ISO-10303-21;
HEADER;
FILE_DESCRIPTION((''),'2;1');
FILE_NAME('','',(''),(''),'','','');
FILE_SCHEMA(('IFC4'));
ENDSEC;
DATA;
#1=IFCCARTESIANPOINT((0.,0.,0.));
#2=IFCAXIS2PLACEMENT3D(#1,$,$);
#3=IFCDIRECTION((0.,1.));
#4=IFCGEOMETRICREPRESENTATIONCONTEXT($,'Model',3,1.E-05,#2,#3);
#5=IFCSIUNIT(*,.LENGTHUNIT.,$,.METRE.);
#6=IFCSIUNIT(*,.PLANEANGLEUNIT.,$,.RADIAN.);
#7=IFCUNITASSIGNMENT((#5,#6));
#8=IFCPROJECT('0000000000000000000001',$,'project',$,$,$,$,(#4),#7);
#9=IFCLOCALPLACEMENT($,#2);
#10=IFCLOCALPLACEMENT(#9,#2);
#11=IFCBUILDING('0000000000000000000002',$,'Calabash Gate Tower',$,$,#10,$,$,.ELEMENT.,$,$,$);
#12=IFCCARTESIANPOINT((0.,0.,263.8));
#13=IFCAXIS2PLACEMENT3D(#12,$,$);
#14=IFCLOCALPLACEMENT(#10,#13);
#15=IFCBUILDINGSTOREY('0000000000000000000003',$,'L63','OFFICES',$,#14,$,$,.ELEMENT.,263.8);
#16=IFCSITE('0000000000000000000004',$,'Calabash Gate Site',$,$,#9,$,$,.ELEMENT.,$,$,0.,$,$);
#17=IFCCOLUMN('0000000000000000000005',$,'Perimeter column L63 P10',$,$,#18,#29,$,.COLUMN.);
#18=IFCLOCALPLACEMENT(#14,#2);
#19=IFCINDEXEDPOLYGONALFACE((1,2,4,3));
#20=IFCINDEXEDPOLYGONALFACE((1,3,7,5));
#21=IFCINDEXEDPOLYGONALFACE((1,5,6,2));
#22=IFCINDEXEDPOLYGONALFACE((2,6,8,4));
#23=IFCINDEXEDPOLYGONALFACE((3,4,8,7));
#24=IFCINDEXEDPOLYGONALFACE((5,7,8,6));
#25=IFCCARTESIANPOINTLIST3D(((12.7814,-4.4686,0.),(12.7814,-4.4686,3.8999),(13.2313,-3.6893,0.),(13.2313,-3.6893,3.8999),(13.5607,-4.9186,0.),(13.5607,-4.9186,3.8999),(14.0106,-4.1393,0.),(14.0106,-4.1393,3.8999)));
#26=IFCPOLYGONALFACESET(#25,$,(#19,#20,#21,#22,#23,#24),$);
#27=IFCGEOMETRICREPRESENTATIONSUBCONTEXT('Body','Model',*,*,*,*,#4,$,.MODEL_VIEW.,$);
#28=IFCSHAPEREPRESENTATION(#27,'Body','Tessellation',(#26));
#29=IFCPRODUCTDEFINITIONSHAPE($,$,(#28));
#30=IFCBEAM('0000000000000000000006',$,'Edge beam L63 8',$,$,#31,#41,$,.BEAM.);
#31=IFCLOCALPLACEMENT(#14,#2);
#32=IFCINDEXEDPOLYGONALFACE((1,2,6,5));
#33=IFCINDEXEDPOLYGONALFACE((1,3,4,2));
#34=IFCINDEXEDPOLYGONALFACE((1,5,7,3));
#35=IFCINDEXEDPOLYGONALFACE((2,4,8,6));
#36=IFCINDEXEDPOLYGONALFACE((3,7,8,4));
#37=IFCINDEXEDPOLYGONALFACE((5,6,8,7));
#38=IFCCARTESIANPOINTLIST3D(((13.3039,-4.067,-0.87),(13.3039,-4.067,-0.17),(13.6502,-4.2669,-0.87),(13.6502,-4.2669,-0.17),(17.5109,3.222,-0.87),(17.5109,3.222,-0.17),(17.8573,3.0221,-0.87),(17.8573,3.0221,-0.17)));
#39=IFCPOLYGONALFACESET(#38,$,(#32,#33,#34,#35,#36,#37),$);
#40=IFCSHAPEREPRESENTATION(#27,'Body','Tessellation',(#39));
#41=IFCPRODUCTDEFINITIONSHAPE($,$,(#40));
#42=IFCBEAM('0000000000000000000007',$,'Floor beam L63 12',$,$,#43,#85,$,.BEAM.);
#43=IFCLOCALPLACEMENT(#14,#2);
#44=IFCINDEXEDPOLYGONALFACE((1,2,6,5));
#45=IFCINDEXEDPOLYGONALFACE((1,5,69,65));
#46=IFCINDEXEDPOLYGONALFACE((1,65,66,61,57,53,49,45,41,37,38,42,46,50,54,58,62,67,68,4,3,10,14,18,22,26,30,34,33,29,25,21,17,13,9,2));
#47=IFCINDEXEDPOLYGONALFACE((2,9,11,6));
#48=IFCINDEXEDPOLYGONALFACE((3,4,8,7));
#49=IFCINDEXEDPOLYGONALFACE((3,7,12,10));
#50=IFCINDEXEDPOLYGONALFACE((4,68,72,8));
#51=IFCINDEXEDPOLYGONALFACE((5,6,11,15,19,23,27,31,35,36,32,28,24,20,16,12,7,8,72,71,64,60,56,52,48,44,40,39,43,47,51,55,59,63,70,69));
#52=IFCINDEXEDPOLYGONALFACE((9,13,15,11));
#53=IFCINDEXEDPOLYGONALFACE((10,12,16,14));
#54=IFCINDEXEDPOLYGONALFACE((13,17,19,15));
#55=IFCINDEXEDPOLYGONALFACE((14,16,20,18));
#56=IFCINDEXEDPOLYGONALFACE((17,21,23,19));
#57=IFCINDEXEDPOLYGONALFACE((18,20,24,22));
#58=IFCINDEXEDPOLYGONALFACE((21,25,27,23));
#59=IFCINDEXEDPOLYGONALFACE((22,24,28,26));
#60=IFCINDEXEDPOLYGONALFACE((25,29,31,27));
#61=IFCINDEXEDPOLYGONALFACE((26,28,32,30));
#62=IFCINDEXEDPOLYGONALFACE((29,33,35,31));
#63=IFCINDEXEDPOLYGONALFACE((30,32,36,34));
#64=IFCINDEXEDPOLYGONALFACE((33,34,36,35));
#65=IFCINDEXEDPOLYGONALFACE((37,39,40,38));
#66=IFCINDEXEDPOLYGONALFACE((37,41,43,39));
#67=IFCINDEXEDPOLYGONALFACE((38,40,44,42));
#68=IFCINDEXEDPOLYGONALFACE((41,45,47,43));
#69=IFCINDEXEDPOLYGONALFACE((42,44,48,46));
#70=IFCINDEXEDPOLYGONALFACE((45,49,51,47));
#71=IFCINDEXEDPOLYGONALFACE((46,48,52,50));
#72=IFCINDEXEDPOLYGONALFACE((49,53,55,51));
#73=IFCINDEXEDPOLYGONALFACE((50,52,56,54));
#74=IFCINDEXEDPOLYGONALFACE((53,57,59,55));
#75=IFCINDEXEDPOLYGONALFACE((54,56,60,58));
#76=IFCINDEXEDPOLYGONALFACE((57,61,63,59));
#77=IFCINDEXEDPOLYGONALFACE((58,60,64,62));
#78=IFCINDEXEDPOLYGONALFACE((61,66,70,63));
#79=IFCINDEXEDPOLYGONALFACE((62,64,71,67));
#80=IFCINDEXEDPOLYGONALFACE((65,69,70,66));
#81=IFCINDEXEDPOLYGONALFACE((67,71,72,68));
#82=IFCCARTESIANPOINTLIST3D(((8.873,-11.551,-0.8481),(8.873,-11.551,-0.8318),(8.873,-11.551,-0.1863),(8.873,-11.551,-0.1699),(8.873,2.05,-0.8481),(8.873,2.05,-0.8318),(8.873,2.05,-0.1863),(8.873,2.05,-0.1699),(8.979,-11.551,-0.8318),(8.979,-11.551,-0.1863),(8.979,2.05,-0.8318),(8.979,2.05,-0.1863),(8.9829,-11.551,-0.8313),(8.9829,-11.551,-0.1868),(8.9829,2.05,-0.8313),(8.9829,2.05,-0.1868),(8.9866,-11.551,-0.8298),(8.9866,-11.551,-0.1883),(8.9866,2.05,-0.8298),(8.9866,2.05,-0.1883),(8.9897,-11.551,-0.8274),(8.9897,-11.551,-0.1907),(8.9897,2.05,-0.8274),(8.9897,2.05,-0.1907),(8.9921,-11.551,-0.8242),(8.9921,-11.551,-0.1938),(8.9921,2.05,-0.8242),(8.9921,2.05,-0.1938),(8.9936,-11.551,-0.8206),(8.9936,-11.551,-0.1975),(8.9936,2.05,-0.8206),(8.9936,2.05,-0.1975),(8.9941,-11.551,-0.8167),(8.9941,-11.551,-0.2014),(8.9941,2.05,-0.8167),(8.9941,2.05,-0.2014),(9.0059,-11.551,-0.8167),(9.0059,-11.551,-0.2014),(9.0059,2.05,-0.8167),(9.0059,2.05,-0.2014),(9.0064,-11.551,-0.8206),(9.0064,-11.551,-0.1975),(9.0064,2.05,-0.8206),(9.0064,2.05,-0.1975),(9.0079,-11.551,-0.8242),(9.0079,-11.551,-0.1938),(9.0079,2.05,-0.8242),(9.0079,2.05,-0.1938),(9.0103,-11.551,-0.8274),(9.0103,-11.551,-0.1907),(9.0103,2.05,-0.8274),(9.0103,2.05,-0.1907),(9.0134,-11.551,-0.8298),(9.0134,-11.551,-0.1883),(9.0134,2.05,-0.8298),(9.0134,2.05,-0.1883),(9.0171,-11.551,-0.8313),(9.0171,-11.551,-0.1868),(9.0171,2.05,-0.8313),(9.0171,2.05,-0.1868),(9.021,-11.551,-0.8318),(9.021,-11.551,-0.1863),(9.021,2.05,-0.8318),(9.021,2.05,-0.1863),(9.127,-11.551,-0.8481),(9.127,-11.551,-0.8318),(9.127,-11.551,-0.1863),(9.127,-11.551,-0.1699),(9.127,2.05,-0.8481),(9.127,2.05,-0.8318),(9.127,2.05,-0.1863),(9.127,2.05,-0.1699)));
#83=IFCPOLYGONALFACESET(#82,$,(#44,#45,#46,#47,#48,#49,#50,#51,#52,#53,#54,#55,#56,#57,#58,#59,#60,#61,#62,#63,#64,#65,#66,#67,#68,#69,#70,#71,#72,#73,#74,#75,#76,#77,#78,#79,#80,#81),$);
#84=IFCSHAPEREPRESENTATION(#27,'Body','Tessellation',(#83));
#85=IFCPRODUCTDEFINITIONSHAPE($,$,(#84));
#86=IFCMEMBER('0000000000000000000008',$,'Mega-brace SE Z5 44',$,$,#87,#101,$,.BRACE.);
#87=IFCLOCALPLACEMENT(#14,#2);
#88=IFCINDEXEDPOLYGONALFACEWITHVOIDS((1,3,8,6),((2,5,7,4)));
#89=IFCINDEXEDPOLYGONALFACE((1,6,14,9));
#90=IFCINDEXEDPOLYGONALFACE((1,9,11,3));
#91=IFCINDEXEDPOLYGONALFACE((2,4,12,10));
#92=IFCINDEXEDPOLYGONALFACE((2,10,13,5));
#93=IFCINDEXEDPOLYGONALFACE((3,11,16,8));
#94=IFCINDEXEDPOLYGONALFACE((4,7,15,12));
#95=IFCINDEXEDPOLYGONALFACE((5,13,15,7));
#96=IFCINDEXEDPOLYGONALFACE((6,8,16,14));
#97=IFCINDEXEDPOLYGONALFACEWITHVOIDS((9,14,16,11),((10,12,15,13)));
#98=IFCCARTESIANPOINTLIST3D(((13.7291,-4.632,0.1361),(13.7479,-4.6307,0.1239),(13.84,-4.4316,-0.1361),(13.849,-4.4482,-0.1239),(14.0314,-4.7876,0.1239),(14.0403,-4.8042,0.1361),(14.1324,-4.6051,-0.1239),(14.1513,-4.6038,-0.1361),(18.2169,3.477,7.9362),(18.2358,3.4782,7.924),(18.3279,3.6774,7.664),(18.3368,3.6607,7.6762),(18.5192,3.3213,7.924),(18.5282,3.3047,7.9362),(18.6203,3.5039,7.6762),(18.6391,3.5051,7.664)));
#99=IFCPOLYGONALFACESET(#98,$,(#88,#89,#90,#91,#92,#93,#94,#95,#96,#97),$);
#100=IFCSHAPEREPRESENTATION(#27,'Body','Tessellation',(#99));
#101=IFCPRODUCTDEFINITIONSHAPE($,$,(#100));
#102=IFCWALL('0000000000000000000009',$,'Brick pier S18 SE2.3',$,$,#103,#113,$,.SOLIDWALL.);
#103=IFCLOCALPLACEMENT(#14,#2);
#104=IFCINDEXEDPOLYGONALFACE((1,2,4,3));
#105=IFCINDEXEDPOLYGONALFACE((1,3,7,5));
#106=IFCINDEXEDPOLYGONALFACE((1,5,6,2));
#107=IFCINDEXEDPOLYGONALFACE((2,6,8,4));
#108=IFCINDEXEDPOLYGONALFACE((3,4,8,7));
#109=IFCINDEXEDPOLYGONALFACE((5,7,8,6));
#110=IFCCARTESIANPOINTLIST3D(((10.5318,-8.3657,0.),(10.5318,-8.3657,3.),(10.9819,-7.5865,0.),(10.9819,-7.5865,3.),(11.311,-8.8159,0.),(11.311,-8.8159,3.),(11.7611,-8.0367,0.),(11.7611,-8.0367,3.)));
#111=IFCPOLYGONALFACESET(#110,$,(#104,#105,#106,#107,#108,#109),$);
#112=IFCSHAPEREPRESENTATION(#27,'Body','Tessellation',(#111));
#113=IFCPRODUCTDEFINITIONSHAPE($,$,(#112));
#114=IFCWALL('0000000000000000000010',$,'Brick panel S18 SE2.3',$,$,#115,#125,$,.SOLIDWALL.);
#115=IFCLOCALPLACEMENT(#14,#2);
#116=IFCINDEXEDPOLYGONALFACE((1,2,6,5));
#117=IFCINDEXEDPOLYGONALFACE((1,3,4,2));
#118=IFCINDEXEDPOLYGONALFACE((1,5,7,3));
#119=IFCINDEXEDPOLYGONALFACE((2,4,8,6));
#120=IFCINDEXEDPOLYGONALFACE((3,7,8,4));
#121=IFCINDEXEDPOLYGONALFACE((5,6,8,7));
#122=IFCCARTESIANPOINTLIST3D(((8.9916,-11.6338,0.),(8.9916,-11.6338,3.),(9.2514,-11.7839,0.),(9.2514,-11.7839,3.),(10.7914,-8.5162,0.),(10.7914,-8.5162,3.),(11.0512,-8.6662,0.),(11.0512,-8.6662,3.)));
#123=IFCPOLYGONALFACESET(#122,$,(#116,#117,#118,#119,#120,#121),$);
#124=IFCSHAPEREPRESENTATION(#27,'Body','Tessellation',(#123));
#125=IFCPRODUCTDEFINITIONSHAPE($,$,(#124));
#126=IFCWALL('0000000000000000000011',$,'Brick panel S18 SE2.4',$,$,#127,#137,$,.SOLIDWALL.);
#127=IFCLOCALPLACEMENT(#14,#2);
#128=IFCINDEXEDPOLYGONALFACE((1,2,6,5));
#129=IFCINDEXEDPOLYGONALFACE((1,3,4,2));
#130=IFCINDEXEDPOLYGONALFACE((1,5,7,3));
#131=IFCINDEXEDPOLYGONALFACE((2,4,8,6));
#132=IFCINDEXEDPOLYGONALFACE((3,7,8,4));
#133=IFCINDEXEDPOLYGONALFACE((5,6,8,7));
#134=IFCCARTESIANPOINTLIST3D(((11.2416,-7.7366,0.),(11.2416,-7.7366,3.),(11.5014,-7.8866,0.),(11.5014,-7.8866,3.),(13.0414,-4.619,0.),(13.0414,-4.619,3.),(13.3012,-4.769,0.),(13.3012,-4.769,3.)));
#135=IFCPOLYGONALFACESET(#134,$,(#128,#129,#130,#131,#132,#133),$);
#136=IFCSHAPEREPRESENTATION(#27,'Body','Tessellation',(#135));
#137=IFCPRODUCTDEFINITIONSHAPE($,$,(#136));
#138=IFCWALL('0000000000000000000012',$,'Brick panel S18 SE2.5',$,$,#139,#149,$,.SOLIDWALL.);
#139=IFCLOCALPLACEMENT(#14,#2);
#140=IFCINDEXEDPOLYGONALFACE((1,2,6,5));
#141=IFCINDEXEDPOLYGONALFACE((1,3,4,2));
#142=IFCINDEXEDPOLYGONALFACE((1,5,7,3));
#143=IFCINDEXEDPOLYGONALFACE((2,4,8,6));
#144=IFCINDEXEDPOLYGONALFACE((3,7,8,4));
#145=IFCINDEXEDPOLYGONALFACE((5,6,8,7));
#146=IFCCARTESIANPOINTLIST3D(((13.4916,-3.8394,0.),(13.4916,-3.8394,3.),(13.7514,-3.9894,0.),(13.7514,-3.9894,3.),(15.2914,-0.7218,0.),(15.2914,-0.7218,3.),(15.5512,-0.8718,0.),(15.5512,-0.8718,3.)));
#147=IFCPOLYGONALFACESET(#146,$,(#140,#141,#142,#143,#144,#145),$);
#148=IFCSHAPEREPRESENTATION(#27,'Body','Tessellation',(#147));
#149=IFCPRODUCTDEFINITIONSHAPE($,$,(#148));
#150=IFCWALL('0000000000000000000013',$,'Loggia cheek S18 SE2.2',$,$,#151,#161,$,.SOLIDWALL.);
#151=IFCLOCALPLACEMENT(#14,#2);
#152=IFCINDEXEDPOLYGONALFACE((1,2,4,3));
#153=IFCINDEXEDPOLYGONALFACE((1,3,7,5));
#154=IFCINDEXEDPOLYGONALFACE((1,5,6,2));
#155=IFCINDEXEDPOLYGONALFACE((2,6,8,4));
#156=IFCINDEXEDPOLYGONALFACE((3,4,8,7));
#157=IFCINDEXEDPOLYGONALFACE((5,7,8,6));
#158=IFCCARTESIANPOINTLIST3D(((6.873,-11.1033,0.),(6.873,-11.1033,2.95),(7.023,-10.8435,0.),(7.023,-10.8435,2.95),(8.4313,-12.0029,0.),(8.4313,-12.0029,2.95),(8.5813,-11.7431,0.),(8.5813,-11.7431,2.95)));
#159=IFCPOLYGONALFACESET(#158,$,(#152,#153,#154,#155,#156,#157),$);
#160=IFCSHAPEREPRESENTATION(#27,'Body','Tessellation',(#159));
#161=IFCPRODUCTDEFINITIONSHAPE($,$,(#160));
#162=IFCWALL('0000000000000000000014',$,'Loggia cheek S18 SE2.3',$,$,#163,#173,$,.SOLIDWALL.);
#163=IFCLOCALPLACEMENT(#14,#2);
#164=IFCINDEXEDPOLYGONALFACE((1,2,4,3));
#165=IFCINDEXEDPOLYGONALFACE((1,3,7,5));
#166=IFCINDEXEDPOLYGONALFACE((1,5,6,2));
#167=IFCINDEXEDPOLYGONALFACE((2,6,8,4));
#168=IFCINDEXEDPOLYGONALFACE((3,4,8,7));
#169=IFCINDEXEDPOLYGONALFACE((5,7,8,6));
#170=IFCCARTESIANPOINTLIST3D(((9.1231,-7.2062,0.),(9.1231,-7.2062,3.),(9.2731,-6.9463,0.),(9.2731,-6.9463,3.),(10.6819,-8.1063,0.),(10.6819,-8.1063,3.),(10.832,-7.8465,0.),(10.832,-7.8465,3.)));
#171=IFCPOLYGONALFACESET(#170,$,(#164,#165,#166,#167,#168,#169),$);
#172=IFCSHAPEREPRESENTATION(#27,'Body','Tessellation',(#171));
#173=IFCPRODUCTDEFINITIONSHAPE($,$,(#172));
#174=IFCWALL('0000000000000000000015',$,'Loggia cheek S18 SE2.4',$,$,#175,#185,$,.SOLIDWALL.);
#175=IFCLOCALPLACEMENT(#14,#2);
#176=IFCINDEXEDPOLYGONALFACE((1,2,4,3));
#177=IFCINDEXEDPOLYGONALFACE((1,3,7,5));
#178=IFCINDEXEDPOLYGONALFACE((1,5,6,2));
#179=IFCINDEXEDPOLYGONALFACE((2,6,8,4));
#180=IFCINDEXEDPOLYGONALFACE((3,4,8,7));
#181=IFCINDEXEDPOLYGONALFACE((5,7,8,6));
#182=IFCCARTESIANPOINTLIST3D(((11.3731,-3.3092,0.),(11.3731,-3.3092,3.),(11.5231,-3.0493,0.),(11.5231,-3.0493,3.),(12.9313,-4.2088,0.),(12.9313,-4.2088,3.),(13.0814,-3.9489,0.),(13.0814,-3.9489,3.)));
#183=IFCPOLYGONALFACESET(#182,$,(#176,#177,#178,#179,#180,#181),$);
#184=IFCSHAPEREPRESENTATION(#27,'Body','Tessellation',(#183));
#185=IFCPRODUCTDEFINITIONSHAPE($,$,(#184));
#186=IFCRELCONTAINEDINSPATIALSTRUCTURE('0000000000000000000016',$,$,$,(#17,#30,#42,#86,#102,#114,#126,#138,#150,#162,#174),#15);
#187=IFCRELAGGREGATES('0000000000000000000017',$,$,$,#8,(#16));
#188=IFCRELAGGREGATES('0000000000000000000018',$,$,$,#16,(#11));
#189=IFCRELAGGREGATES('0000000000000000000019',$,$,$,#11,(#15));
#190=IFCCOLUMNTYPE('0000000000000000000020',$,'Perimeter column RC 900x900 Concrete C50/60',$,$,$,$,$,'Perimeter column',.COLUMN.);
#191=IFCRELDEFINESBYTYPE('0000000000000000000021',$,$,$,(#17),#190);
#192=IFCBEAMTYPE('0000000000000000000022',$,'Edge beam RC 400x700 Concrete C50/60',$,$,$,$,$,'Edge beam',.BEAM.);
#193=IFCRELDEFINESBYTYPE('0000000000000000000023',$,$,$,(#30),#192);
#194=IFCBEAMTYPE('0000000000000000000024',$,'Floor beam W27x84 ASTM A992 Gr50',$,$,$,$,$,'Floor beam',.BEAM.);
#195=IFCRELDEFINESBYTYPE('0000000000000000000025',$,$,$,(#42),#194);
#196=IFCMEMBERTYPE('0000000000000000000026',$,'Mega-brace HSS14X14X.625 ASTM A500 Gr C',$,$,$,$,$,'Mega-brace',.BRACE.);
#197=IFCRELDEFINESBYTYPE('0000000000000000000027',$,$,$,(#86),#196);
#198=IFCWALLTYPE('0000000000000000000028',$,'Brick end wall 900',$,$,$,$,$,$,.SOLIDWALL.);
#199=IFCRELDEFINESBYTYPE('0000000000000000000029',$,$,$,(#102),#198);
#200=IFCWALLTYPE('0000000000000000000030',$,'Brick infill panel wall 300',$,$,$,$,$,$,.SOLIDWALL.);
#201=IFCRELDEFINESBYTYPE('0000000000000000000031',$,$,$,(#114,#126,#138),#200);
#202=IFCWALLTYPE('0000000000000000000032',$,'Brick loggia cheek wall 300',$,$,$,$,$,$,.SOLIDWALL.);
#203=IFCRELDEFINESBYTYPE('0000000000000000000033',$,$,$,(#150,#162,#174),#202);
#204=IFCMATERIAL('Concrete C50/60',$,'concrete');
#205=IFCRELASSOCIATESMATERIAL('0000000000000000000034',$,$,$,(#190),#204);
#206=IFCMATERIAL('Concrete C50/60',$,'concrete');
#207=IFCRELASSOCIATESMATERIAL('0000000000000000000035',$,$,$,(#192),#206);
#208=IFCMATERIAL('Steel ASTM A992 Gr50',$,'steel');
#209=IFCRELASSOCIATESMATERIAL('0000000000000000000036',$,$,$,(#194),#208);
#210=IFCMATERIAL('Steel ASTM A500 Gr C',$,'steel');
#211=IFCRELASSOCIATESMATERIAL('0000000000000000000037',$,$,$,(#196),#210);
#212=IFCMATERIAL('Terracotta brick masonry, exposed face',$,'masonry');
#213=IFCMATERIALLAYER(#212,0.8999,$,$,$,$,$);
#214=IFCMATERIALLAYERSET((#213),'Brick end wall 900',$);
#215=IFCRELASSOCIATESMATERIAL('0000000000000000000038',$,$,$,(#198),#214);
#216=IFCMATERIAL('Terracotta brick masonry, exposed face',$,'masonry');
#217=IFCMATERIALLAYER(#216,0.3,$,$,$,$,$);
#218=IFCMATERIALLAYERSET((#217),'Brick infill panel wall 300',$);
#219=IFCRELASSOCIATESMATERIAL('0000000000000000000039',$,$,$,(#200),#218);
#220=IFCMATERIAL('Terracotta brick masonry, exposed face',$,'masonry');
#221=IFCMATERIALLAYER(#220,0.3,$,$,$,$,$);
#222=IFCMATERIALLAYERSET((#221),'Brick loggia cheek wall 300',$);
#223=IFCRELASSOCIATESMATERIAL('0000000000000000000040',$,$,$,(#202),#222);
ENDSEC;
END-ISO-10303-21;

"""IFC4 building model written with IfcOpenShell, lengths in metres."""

from ifc_helpers import new_model, si_unit, direction, frame, frame_2d, origin, origin_2d, place, context, subcontext, project, spatial, rectangle, hollow_rectangle, i_section, extrude, material, layer, layer_set, material_profile, profile_set, type_object, element, save


model = new_model("IFC4")

# Units and contexts
model_context = context("Model", 3, precision=1e-05, world=origin(), true_north=direction((0.0, 1.0)))
body_context = subcontext(model_context, "Body", "Model", "MODEL_VIEW")
ifc_project = project(units=[si_unit("LENGTHUNIT", "METRE"), si_unit("PLANEANGLEUNIT", "RADIAN")], contexts=[model_context])

# Site, building, storey
site_placement = place(None, origin())
site = spatial("IfcSite", under=ifc_project, at=site_placement, Name="Calabash Gate Site", CompositionType="ELEMENT", RefElevation=0.0)
building_placement = place(site_placement, origin())
building = spatial("IfcBuilding", under=site, at=building_placement, Name="Calabash Gate Tower", CompositionType="ELEMENT")
storey_placement = place(building_placement, frame((0.0, 0.0, 263.8)))
storey = spatial("IfcBuildingStorey", under=building, at=storey_placement, Name="L63", Description="OFFICES", CompositionType="ELEMENT", Elevation=263.8)

# Column
ifc_material_1 = material(Name="Concrete C50/60", Category="concrete")
ifc_material_profile_1 = material_profile(ifc_material_1, rectangle(XDim=0.8999, YDim=0.8999, at=origin_2d()))
ifc_profile_set_1 = profile_set([ifc_material_profile_1], Name="Concrete C50/60")
column_type = type_object("IfcColumnType", Name="Perimeter column RC 900x900 Concrete C50/60", ElementType="Perimeter column", PredefinedType="COLUMN", material=ifc_profile_set_1)
column_placement = place(storey_placement, frame((13.396, -4.304, 0.0), z_axis=(0.0, 0.0, 1.0), x_axis=(0.5, 0.866025, 0.0)))
element("IfcColumn", 1, at=column_placement, inside=storey, type_object=column_type, Name="Perimeter column L63 P10", PredefinedType="COLUMN", context=body_context, shape_type="SweptSolid", body=[
    extrude(rectangle(XDim=0.8999, YDim=0.8999, at=origin_2d()), origin(), (0.0, 0.0, 1.0), 3.8999),
])

# Beams
ifc_material_2 = material(Name="Concrete C50/60", Category="concrete")
ifc_material_profile_2 = material_profile(ifc_material_2, rectangle(XDim=0.3999, YDim=0.7, at=origin_2d()))
ifc_profile_set_2 = profile_set([ifc_material_profile_2], Name="Concrete C50/60")
beam_type_1 = type_object("IfcBeamType", Name="Edge beam RC 400x700 Concrete C50/60", ElementType="Edge beam", PredefinedType="BEAM", material=ifc_profile_set_2)
beam_1_placement = place(storey_placement, frame((13.4771, -4.167, -0.52), z_axis=(0.499883, 0.866093, 0.0), x_axis=(-0.866093, 0.499883, 0.0)))
element("IfcBeam", 2, at=beam_1_placement, inside=storey, type_object=beam_type_1, Name="Edge beam L63 8", PredefinedType="BEAM", context=body_context, shape_type="SweptSolid", body=[
    extrude(rectangle(XDim=0.3999, YDim=0.7, at=origin_2d()), origin(), (0.0, 0.0, 1.0), 8.416),
])
ifc_material_3 = material(Name="Steel ASTM A992 Gr50", Category="steel")
ifc_material_profile_3 = material_profile(ifc_material_3, i_section(OverallWidth=0.2539, OverallDepth=0.6782, WebThickness=0.0117, FlangeThickness=0.0164, FilletRadius=0.0151, at=origin_2d()))
ifc_profile_set_3 = profile_set([ifc_material_profile_3], Name="Steel ASTM A992 Gr50")
beam_type_2 = type_object("IfcBeamType", Name="Floor beam W27x84 ASTM A992 Gr50", ElementType="Floor beam", PredefinedType="BEAM", material=ifc_profile_set_3)
beam_2_placement = place(storey_placement, frame((9.0, -11.551, -0.509), z_axis=(0.0, 1.0, 0.0), x_axis=(-1.0, 0.0, 0.0)))
element("IfcBeam", 3, at=beam_2_placement, inside=storey, type_object=beam_type_2, Name="Floor beam L63 12", PredefinedType="BEAM", context=body_context, shape_type="SweptSolid", body=[
    extrude(i_section(OverallWidth=0.2539, OverallDepth=0.6782, WebThickness=0.0117, FlangeThickness=0.0164, FilletRadius=0.0151, at=origin_2d()), origin(), (0.0, 0.0, 1.0), 13.6011),
])

# Member
ifc_material_4 = material(Name="Steel ASTM A500 Gr C", Category="steel")
ifc_material_profile_4 = material_profile(ifc_material_4, hollow_rectangle(XDim=0.3557, YDim=0.3557, WallThickness=0.0159, at=origin_2d()))
ifc_profile_set_4 = profile_set([ifc_material_profile_4], Name="Steel ASTM A500 Gr C")
member_type = type_object("IfcMemberType", Name="Mega-brace HSS14X14X.625 ASTM A500 Gr C", ElementType="Mega-brace", PredefinedType="BRACE", material=ifc_profile_set_4)
member_placement = place(storey_placement, frame((13.9402, -4.6179, 0.0), z_axis=(0.370481, 0.669413, 0.643918), x_axis=(-0.874941, 0.484229, 0.0)))
element("IfcMember", 4, at=member_placement, inside=storey, type_object=member_type, Name="Mega-brace SE Z5 44", PredefinedType="BRACE", context=body_context, shape_type="SweptSolid", body=[
    extrude(hollow_rectangle(XDim=0.3557, YDim=0.3557, WallThickness=0.0159, at=origin_2d()), origin(), (0.0, 0.0, 1.0), 12.1135),
])

# Walls
ifc_material_5 = material(Name="Terracotta brick masonry, exposed face", Category="masonry")
ifc_layer_1 = layer(ifc_material_5, 0.8999)
ifc_layer_set_1 = layer_set([ifc_layer_1], Name="Brick end wall 900")
wall_type_1 = type_object("IfcWallType", Name="Brick end wall 900", PredefinedType="SOLIDWALL", material=ifc_layer_set_1)
wall_1_placement = place(storey_placement, frame((10.9214, -8.5908, 0.0), z_axis=(0.0, 0.0, 1.0), x_axis=(0.500223, 0.865896, 0.0)))
element("IfcWall", 5, at=wall_1_placement, inside=storey, type_object=wall_type_1, Name="Brick pier S18 SE2.3", PredefinedType="SOLIDWALL", context=body_context, shape_type="SweptSolid", body=[
    extrude(rectangle(XDim=0.8999, YDim=0.8999, at=frame_2d((0.45, 0.0))), origin(), (0.0, 0.0, 1.0), 3.0),
])
ifc_material_6 = material(Name="Terracotta brick masonry, exposed face", Category="masonry")
ifc_layer_2 = layer(ifc_material_6, 0.3)
ifc_layer_set_2 = layer_set([ifc_layer_2], Name="Brick infill panel wall 300")
wall_type_2 = type_object("IfcWallType", Name="Brick infill panel wall 300", PredefinedType="SOLIDWALL", material=ifc_layer_set_2)
for number, where, z_axis, x_axis, name in (
    (6, (9.1216, -11.7087, 0.0), (0.0, 0.0, 1.0), (0.499961, 0.866048, 0.0), "Brick panel S18 SE2.3"),
    (7, (11.3716, -7.8115, 0.0), (0.0, 0.0, 1.0), (0.499961, 0.866048, 0.0), "Brick panel S18 SE2.4"),
    (8, (13.6216, -3.9143, 0.0), (0.0, 0.0, 1.0), (0.499961, 0.866048, 0.0), "Brick panel S18 SE2.5"),
):
    element("IfcWall", number, at=place(storey_placement, frame(where, z_axis=z_axis, x_axis=x_axis)), inside=storey, type_object=wall_type_2, Name=name, PredefinedType="SOLIDWALL", context=body_context, shape_type="SweptSolid", body=[
        extrude(rectangle(XDim=3.5999, YDim=0.3, at=frame_2d((1.7998, 0.0))), origin(), (0.0, 0.0, 1.0), 3.0),
    ])
ifc_material_7 = material(Name="Terracotta brick masonry, exposed face", Category="masonry")
ifc_layer_3 = layer(ifc_material_7, 0.3)
ifc_layer_set_3 = layer_set([ifc_layer_3], Name="Brick loggia cheek wall 300")
wall_type_3 = type_object("IfcWallType", Name="Brick loggia cheek wall 300", PredefinedType="SOLIDWALL", material=ifc_layer_set_3)
wall_2_placement = place(storey_placement, frame((6.948, -10.9734, 0.0), z_axis=(0.0, 0.0, 1.0), x_axis=(0.866039, -0.499977, 0.0)))
element("IfcWall", 9, at=wall_2_placement, inside=storey, type_object=wall_type_3, Name="Loggia cheek S18 SE2.2", PredefinedType="SOLIDWALL", context=body_context, shape_type="SweptSolid", body=[
    extrude(rectangle(XDim=1.7993, YDim=0.3, at=frame_2d((0.8997, 0.0))), origin(), (0.0, 0.0, 1.0), 2.95),
])
wall_3_placement = place(storey_placement, frame((10.7568, -7.9763, 0.0), z_axis=(0.0, 0.0, 1.0), x_axis=(-0.865989, 0.500063, 0.0)))
element("IfcWall", 10, at=wall_3_placement, inside=storey, type_object=wall_type_3, Name="Loggia cheek S18 SE2.3", PredefinedType="SOLIDWALL", context=body_context, shape_type="SweptSolid", body=[
    extrude(rectangle(XDim=1.8, YDim=0.3, at=frame_2d((0.8999, 0.0))), origin(), (0.0, 0.0, 1.0), 3.0),
])
wall_4_placement = place(storey_placement, frame((13.0063, -4.0789, 0.0), z_axis=(0.0, 0.0, 1.0), x_axis=(-0.866039, 0.499977, 0.0)))
element("IfcWall", 11, at=wall_4_placement, inside=storey, type_object=wall_type_3, Name="Loggia cheek S18 SE2.4", PredefinedType="SOLIDWALL", context=body_context, shape_type="SweptSolid", body=[
    extrude(rectangle(XDim=1.7993, YDim=0.3, at=frame_2d((0.8997, 0.0))), origin(), (0.0, 0.0, 1.0), 3.0),
])

save(model, "model.ifc")
